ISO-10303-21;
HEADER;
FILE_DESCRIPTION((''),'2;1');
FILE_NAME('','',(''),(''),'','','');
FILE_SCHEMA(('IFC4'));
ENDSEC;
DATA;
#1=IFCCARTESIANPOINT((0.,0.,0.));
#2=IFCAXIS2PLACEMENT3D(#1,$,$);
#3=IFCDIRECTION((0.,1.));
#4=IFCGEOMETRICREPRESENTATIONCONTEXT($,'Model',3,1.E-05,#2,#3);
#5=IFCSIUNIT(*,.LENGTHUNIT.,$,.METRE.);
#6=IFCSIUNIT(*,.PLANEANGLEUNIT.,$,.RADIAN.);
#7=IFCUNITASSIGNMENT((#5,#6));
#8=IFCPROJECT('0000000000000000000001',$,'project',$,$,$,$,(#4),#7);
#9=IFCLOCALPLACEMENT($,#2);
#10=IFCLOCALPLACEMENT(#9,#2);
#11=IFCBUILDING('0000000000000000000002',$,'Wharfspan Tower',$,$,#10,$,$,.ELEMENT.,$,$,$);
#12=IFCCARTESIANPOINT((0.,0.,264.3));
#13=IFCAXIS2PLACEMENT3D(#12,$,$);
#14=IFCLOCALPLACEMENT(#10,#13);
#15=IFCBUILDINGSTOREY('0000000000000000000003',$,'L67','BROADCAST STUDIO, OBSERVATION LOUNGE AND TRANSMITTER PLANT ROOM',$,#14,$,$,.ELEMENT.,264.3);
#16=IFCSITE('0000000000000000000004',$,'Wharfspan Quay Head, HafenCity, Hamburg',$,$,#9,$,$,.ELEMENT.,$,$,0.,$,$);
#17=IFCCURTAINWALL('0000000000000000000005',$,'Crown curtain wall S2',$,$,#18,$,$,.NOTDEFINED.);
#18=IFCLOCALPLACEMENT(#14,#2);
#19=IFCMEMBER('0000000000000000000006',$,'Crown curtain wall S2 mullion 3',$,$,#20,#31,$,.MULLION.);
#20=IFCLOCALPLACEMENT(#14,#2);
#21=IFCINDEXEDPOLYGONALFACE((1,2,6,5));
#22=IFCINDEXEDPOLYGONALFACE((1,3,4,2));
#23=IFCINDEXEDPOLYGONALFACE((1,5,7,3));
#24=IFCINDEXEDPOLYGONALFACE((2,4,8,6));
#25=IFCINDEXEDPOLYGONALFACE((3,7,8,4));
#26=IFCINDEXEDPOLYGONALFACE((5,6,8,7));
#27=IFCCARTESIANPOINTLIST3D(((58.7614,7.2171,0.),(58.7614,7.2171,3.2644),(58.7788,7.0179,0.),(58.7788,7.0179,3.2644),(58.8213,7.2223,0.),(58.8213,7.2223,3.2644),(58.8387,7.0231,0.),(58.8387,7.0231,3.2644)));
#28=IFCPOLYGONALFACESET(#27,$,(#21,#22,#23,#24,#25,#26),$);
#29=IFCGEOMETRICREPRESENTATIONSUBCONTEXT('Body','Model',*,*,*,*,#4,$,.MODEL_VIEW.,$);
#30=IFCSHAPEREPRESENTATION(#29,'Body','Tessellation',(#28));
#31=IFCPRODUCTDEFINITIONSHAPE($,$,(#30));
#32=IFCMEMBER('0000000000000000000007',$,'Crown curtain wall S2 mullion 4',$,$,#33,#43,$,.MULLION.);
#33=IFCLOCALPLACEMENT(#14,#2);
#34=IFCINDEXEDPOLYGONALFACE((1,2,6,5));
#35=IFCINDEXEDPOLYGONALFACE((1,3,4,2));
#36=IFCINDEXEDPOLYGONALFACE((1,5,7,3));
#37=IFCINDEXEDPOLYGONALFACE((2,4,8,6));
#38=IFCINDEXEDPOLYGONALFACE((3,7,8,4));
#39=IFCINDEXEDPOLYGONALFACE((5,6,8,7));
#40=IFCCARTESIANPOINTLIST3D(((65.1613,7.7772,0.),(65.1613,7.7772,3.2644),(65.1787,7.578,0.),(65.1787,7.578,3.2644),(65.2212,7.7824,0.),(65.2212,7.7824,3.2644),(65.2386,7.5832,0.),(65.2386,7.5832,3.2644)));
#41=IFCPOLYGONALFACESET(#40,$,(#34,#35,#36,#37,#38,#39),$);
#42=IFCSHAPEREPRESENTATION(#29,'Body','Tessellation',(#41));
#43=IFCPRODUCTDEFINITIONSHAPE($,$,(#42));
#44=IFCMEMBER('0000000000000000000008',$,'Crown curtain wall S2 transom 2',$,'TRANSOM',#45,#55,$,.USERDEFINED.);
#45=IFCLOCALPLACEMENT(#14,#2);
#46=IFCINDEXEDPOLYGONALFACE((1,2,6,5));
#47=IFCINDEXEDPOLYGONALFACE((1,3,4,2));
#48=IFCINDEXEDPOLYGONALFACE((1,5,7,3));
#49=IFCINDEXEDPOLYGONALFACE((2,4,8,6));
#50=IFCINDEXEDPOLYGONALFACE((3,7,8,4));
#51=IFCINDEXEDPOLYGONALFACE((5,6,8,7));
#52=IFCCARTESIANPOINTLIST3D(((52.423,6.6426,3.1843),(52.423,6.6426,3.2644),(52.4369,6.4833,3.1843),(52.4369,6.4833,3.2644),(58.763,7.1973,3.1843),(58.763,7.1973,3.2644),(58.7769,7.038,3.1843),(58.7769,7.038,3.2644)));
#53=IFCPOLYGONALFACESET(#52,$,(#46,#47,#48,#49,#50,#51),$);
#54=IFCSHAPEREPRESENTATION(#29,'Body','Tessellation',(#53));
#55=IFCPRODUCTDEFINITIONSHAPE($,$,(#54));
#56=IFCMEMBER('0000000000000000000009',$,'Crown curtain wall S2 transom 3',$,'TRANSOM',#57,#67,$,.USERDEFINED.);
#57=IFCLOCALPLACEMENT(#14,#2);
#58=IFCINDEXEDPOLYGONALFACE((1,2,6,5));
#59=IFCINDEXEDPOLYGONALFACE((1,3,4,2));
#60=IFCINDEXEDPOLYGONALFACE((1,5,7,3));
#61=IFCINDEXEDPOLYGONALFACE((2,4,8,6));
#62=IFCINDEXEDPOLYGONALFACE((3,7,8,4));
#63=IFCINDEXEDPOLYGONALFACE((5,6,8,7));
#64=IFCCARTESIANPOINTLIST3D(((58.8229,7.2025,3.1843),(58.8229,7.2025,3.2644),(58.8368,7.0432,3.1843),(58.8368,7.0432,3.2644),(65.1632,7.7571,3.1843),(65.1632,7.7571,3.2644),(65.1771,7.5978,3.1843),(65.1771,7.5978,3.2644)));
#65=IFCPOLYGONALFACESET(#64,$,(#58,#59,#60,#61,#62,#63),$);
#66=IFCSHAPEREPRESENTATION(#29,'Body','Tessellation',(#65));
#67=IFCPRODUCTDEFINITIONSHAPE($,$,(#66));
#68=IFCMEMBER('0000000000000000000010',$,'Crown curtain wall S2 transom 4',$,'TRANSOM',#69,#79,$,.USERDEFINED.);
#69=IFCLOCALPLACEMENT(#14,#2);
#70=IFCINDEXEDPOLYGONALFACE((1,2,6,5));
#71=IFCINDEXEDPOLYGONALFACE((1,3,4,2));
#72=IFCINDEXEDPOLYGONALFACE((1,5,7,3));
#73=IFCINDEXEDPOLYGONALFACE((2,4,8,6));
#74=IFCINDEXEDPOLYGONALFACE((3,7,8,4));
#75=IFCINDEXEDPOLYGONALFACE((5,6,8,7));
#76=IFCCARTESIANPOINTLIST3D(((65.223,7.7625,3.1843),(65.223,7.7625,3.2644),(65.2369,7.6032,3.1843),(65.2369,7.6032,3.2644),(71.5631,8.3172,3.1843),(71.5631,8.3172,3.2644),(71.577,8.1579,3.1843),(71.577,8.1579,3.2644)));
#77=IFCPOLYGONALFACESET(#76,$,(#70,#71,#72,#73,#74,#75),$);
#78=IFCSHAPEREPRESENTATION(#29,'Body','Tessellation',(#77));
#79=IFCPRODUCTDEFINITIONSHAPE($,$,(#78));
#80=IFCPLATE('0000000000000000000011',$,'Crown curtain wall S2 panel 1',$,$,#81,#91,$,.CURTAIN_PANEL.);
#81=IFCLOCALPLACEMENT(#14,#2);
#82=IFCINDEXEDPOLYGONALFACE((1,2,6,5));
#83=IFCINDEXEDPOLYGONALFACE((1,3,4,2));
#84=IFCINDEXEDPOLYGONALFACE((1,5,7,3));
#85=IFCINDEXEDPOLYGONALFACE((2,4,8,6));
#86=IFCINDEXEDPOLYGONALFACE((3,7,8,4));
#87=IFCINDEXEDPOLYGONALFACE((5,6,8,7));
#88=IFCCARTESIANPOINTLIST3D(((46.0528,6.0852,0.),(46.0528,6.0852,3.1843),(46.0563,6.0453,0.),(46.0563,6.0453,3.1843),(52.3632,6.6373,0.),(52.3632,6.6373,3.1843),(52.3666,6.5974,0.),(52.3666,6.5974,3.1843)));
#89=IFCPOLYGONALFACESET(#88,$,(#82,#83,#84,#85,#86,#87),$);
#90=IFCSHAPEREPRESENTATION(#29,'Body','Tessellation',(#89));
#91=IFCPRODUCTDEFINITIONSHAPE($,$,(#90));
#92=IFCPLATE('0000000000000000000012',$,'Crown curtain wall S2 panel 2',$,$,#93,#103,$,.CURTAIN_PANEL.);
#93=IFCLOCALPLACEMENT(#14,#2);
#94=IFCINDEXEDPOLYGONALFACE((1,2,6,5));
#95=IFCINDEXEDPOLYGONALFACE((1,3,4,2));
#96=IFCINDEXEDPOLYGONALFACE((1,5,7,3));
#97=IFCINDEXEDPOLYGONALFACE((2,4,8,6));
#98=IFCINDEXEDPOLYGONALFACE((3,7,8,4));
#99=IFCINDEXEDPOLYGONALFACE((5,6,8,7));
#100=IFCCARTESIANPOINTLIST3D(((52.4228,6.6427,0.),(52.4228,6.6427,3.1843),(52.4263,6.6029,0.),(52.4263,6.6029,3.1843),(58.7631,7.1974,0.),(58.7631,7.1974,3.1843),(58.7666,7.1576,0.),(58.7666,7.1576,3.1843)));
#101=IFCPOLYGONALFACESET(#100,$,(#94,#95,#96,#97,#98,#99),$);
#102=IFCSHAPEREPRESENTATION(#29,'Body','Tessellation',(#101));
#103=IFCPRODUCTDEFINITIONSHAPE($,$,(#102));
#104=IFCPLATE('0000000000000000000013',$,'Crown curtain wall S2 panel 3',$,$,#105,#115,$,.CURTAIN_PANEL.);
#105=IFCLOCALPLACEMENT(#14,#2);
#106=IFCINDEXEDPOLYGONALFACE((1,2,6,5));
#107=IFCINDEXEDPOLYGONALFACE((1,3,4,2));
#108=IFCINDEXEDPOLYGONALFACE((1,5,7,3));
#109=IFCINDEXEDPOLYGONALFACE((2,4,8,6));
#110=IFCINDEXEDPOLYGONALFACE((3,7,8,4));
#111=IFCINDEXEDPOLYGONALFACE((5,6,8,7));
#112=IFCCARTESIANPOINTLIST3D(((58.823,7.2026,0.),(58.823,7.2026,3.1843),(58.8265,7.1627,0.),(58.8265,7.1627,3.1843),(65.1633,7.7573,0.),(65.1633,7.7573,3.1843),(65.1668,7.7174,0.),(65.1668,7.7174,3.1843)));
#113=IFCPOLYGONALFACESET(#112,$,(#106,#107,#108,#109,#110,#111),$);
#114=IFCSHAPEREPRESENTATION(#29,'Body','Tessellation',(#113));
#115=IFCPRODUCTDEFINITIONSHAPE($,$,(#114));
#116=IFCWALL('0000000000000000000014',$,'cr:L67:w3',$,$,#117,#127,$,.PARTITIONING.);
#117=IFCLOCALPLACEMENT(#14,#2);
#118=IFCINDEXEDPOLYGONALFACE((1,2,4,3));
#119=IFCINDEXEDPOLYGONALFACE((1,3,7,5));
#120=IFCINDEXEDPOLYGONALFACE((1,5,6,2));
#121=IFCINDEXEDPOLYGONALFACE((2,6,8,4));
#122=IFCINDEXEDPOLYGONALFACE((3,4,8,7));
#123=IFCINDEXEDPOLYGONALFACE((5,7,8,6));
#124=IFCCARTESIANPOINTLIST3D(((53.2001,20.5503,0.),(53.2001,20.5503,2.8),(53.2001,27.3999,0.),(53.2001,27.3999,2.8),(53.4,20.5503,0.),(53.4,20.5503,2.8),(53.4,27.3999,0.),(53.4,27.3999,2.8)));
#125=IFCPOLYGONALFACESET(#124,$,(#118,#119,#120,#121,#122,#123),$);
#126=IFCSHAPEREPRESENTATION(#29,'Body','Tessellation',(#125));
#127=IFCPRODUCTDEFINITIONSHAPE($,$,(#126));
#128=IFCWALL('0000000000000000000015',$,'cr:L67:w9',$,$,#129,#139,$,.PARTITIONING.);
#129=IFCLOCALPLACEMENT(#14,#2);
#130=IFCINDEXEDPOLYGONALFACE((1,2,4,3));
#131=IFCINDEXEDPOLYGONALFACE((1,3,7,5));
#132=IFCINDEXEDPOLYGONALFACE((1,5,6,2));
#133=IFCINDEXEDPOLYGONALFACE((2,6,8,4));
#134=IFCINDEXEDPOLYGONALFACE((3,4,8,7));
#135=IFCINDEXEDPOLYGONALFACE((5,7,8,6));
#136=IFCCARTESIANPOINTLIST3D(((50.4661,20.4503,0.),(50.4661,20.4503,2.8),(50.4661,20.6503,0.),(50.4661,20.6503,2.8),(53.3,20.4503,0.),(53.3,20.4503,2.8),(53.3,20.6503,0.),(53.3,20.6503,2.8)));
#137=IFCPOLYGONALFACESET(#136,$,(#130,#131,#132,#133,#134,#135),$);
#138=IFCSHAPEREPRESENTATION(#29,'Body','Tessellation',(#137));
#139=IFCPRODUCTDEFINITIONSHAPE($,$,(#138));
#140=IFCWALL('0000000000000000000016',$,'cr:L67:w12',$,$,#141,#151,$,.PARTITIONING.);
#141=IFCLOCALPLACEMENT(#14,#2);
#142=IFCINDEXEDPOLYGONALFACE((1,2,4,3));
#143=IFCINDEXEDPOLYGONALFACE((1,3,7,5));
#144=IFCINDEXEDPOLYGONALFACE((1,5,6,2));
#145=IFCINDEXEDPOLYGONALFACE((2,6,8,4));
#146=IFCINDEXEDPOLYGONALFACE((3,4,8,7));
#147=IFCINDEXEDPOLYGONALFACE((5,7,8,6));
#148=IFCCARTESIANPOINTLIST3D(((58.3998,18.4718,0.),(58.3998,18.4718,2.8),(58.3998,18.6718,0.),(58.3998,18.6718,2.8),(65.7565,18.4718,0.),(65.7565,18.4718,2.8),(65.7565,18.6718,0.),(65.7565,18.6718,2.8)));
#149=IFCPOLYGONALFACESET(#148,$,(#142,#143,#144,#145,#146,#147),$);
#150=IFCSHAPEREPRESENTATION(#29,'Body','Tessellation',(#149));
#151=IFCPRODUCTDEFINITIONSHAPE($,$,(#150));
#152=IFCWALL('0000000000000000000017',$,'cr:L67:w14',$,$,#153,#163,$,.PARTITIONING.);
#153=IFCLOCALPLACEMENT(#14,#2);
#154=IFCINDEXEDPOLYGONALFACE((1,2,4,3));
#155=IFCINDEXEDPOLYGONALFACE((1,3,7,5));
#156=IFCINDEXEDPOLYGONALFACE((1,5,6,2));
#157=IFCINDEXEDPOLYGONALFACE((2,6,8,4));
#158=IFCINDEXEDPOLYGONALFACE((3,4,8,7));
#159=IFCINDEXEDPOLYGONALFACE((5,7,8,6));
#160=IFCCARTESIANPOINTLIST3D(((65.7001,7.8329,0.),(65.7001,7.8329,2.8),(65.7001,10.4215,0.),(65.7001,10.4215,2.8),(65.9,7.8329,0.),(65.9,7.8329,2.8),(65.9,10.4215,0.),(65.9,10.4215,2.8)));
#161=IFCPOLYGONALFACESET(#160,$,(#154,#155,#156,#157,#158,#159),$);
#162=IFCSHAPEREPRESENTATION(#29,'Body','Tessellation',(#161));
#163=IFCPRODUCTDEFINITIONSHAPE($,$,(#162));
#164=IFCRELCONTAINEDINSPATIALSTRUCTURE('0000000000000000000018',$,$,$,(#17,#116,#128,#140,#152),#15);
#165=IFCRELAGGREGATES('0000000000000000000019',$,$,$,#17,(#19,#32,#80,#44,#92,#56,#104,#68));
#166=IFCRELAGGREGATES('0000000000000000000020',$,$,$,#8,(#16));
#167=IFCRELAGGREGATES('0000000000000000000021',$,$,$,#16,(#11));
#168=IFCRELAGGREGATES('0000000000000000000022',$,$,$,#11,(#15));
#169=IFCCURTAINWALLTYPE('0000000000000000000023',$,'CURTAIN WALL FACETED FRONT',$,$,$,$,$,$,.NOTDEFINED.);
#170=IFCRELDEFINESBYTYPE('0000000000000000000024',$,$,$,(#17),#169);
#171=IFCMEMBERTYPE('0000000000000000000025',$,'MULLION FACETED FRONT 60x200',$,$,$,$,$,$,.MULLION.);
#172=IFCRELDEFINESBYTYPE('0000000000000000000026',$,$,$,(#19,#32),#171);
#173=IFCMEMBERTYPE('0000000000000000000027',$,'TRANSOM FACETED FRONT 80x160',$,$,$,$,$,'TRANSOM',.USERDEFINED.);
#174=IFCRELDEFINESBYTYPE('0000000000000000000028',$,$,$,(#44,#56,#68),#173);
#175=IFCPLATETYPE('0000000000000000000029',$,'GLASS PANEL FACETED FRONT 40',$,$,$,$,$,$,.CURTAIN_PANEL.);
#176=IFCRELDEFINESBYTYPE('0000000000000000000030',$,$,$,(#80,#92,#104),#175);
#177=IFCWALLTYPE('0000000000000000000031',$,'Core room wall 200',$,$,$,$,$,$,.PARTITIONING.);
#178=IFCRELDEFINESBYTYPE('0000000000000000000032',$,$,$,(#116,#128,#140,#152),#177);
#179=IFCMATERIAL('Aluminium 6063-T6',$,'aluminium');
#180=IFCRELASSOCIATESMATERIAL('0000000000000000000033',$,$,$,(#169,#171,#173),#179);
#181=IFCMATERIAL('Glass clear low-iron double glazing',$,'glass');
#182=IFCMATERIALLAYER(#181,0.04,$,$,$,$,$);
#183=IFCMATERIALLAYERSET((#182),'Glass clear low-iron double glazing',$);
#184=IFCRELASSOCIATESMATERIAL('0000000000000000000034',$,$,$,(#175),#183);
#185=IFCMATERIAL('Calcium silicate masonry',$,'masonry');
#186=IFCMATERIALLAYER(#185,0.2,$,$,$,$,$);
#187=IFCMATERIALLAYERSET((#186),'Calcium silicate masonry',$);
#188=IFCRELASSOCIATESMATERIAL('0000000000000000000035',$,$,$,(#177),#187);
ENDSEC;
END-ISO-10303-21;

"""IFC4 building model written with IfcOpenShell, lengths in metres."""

from ifc_helpers import new_model, si_unit, direction, frame, frame_2d, origin, origin_2d, place, context, subcontext, project, spatial, rectangle, extrude, material, layer, layer_set, material_profile, profile_set, type_object, element, aggregate, save


model = new_model("IFC4")

# Units and contexts
model_context = context("Model", 3, precision=1e-05, world=origin(), true_north=direction((0.0, 1.0)))
body_context = subcontext(model_context, "Body", "Model", "MODEL_VIEW")
ifc_project = project(units=[si_unit("LENGTHUNIT", "METRE"), si_unit("PLANEANGLEUNIT", "RADIAN")], contexts=[model_context])

# Site, building, storey
site_placement = place(None, origin())
site = spatial("IfcSite", under=ifc_project, at=site_placement, Name="Wharfspan Quay Head, HafenCity, Hamburg", CompositionType="ELEMENT", RefElevation=0.0)
building_placement = place(site_placement, origin())
building = spatial("IfcBuilding", under=site, at=building_placement, Name="Wharfspan Tower", CompositionType="ELEMENT")
storey_placement = place(building_placement, frame((0.0, 0.0, 264.3)))
storey = spatial("IfcBuildingStorey", under=building, at=storey_placement, Name="L67", Description="BROADCAST STUDIO, OBSERVATION LOUNGE AND TRANSMITTER PLANT ROOM", CompositionType="ELEMENT", Elevation=264.3)

# Curtain wall, members, plates
ifc_material_1 = material(Name="Aluminium 6063-T6", Category="aluminium")
curtain_wall_type = type_object("IfcCurtainWallType", Name="CURTAIN WALL FACETED FRONT", PredefinedType="NOTDEFINED", material=ifc_material_1)
curtain_wall_placement = place(storey_placement, origin())
curtain_wall = element("IfcCurtainWall", 1, at=curtain_wall_placement, inside=storey, type_object=curtain_wall_type, Name="Crown curtain wall S2", PredefinedType="NOTDEFINED")
ifc_material_profile_1 = material_profile(ifc_material_1, rectangle(XDim=0.2, YDim=0.0601, at=origin_2d()))
ifc_profile_set_1 = profile_set([ifc_material_profile_1], Name="Aluminium 6063-T6")
member_type_1 = type_object("IfcMemberType", Name="MULLION FACETED FRONT 60x200", PredefinedType="MULLION", material=ifc_profile_set_1)
member_1_placement = place(storey_placement, frame((58.8, 7.1201, 0.0), z_axis=(0.0, 0.0, 1.0), x_axis=(-0.087156, 0.996198, 0.0)))
member_1 = element("IfcMember", 2, at=member_1_placement, type_object=member_type_1, Name="Crown curtain wall S2 mullion 3", PredefinedType="MULLION", context=body_context, shape_type="SweptSolid", body=[
    extrude(rectangle(XDim=0.2, YDim=0.0601, at=origin_2d()), origin(), (0.0, 0.0, 1.0), 3.2644),
])
member_2_placement = place(storey_placement, frame((65.2, 7.6802, 0.0), z_axis=(0.0, 0.0, 1.0), x_axis=(-0.087156, 0.996198, 0.0)))
member_2 = element("IfcMember", 3, at=member_2_placement, type_object=member_type_1, Name="Crown curtain wall S2 mullion 4", PredefinedType="MULLION", context=body_context, shape_type="SweptSolid", body=[
    extrude(rectangle(XDim=0.2, YDim=0.0601, at=origin_2d()), origin(), (0.0, 0.0, 1.0), 3.2644),
])
ifc_material_profile_2 = material_profile(ifc_material_1, rectangle(XDim=0.1599, YDim=0.0801, at=origin_2d()))
ifc_profile_set_2 = profile_set([ifc_material_profile_2], Name="Aluminium 6063-T6")
member_type_2 = type_object("IfcMemberType", Name="TRANSOM FACETED FRONT 80x160", ElementType="TRANSOM", PredefinedType="USERDEFINED", material=ifc_profile_set_2)
member_3_placement = place(storey_placement, frame((52.4299, 6.563, 3.2244), z_axis=(0.996195, 0.087156, 0.0), x_axis=(-0.087156, 0.996195, 0.0)))
member_3 = element("IfcMember", 4, at=member_3_placement, type_object=member_type_2, Name="Crown curtain wall S2 transom 2", ObjectType="TRANSOM", PredefinedType="USERDEFINED", context=body_context, shape_type="SweptSolid", body=[
    extrude(rectangle(XDim=0.1599, YDim=0.0801, at=origin_2d()), origin(), (0.0, 0.0, 1.0), 6.3643),
])
member_4_placement = place(storey_placement, frame((58.8298, 7.1228, 3.2244), z_axis=(0.996195, 0.087153, 0.0), x_axis=(-0.087153, 0.996195, 0.0)))
member_4 = element("IfcMember", 5, at=member_4_placement, type_object=member_type_2, Name="Crown curtain wall S2 transom 3", ObjectType="TRANSOM", PredefinedType="USERDEFINED", context=body_context, shape_type="SweptSolid", body=[
    extrude(rectangle(XDim=0.1599, YDim=0.0801, at=origin_2d()), origin(), (0.0, 0.0, 1.0), 6.3645),
])
member_5_placement = place(storey_placement, frame((65.23, 7.6829, 3.2244), z_axis=(0.996195, 0.087156, 0.0), x_axis=(-0.087156, 0.996195, 0.0)))
member_5 = element("IfcMember", 6, at=member_5_placement, type_object=member_type_2, Name="Crown curtain wall S2 transom 4", ObjectType="TRANSOM", PredefinedType="USERDEFINED", context=body_context, shape_type="SweptSolid", body=[
    extrude(rectangle(XDim=0.1599, YDim=0.0801, at=origin_2d()), origin(), (0.0, 0.0, 1.0), 6.3643),
])
ifc_material_2 = material(Name="Glass clear low-iron double glazing", Category="glass")
ifc_layer_1 = layer(ifc_material_2, 0.04)
ifc_layer_set_1 = layer_set([ifc_layer_1], Name="Glass clear low-iron double glazing")
plate_type = type_object("IfcPlateType", Name="GLASS PANEL FACETED FRONT 40", PredefinedType="CURTAIN_PANEL", material=ifc_layer_set_1)
plate_1_placement = place(storey_placement, frame((49.2097, 6.3413, 0.0), z_axis=(0.0, 0.0, 1.0), x_axis=(0.996198, 0.087156, 0.0)))
plate_1 = element("IfcPlate", 7, at=plate_1_placement, type_object=plate_type, Name="Crown curtain wall S2 panel 1", PredefinedType="CURTAIN_PANEL", context=body_context, shape_type="SweptSolid", body=[
    extrude(rectangle(XDim=6.3345, YDim=0.04, at=origin_2d()), origin(), (0.0, 0.0, 1.0), 3.1843),
])
plate_2_placement = place(storey_placement, frame((55.5947, 6.9001, 0.0), z_axis=(0.0, 0.0, 1.0), x_axis=(0.996198, 0.087156, 0.0)))
plate_2 = element("IfcPlate", 8, at=plate_2_placement, type_object=plate_type, Name="Crown curtain wall S2 panel 2", PredefinedType="CURTAIN_PANEL", context=body_context, shape_type="SweptSolid", body=[
    extrude(rectangle(XDim=6.3645, YDim=0.04, at=origin_2d()), origin(), (0.0, 0.0, 1.0), 3.1843),
])
plate_3_placement = place(storey_placement, frame((61.9949, 7.46, 0.0), z_axis=(0.0, 0.0, 1.0), x_axis=(0.996198, 0.087156, 0.0)))
plate_3 = element("IfcPlate", 9, at=plate_3_placement, type_object=plate_type, Name="Crown curtain wall S2 panel 3", PredefinedType="CURTAIN_PANEL", context=body_context, shape_type="SweptSolid", body=[
    extrude(rectangle(XDim=6.3645, YDim=0.04, at=origin_2d()), origin(), (0.0, 0.0, 1.0), 3.1843),
])
aggregate(curtain_wall, [member_1, member_2, plate_1, member_3, plate_2, member_4, plate_3, member_5])

# Walls
ifc_material_3 = material(Name="Calcium silicate masonry", Category="masonry")
ifc_layer_2 = layer(ifc_material_3, 0.2)
ifc_layer_set_2 = layer_set([ifc_layer_2], Name="Calcium silicate masonry")
wall_type_1 = type_object("IfcWallType", Name="Core room wall 200", PredefinedType="PARTITIONING", material=ifc_layer_set_2)
wall_1_placement = place(storey_placement, frame((53.3, 20.5503, 0.0), z_axis=(0.0, 0.0, 1.0), x_axis=(0.0, 1.0, 0.0)))
element("IfcWall", 10, at=wall_1_placement, inside=storey, type_object=wall_type_1, Name="cr:L67:w3", PredefinedType="PARTITIONING", context=body_context, shape_type="SweptSolid", body=[
    extrude(rectangle(XDim=6.8496, YDim=0.2, at=frame_2d((3.4248, 0.0))), origin(), (0.0, 0.0, 1.0), 2.8),
])
wall_2_placement = place(storey_placement, frame((50.4661, 20.5503, 0.0), z_axis=(0.0, 0.0, 1.0), x_axis=(1.0, 0.0, 0.0)))
element("IfcWall", 11, at=wall_2_placement, inside=storey, type_object=wall_type_1, Name="cr:L67:w9", PredefinedType="PARTITIONING", context=body_context, shape_type="SweptSolid", body=[
    extrude(rectangle(XDim=2.834, YDim=0.2, at=frame_2d((1.417, 0.0))), origin(), (0.0, 0.0, 1.0), 2.8),
])
wall_3_placement = place(storey_placement, frame((58.3999, 18.5718, 0.0), z_axis=(0.0, 0.0, 1.0), x_axis=(1.0, 0.0, 0.0)))
element("IfcWall", 12, at=wall_3_placement, inside=storey, type_object=wall_type_1, Name="cr:L67:w12", PredefinedType="PARTITIONING", context=body_context, shape_type="SweptSolid", body=[
    extrude(rectangle(XDim=7.3567, YDim=0.2, at=frame_2d((3.6782, 0.0))), origin(), (0.0, 0.0, 1.0), 2.8),
])
wall_4_placement = place(storey_placement, frame((65.8, 10.4216, 0.0), z_axis=(0.0, 0.0, 1.0), x_axis=(0.0, -1.0, 0.0)))
element("IfcWall", 13, at=wall_4_placement, inside=storey, type_object=wall_type_1, Name="cr:L67:w14", PredefinedType="PARTITIONING", context=body_context, shape_type="SweptSolid", body=[
    extrude(rectangle(XDim=2.5886, YDim=0.2, at=frame_2d((1.2944, 0.0))), origin(), (0.0, 0.0, 1.0), 2.8),
])

save(model, "model.ifc")
